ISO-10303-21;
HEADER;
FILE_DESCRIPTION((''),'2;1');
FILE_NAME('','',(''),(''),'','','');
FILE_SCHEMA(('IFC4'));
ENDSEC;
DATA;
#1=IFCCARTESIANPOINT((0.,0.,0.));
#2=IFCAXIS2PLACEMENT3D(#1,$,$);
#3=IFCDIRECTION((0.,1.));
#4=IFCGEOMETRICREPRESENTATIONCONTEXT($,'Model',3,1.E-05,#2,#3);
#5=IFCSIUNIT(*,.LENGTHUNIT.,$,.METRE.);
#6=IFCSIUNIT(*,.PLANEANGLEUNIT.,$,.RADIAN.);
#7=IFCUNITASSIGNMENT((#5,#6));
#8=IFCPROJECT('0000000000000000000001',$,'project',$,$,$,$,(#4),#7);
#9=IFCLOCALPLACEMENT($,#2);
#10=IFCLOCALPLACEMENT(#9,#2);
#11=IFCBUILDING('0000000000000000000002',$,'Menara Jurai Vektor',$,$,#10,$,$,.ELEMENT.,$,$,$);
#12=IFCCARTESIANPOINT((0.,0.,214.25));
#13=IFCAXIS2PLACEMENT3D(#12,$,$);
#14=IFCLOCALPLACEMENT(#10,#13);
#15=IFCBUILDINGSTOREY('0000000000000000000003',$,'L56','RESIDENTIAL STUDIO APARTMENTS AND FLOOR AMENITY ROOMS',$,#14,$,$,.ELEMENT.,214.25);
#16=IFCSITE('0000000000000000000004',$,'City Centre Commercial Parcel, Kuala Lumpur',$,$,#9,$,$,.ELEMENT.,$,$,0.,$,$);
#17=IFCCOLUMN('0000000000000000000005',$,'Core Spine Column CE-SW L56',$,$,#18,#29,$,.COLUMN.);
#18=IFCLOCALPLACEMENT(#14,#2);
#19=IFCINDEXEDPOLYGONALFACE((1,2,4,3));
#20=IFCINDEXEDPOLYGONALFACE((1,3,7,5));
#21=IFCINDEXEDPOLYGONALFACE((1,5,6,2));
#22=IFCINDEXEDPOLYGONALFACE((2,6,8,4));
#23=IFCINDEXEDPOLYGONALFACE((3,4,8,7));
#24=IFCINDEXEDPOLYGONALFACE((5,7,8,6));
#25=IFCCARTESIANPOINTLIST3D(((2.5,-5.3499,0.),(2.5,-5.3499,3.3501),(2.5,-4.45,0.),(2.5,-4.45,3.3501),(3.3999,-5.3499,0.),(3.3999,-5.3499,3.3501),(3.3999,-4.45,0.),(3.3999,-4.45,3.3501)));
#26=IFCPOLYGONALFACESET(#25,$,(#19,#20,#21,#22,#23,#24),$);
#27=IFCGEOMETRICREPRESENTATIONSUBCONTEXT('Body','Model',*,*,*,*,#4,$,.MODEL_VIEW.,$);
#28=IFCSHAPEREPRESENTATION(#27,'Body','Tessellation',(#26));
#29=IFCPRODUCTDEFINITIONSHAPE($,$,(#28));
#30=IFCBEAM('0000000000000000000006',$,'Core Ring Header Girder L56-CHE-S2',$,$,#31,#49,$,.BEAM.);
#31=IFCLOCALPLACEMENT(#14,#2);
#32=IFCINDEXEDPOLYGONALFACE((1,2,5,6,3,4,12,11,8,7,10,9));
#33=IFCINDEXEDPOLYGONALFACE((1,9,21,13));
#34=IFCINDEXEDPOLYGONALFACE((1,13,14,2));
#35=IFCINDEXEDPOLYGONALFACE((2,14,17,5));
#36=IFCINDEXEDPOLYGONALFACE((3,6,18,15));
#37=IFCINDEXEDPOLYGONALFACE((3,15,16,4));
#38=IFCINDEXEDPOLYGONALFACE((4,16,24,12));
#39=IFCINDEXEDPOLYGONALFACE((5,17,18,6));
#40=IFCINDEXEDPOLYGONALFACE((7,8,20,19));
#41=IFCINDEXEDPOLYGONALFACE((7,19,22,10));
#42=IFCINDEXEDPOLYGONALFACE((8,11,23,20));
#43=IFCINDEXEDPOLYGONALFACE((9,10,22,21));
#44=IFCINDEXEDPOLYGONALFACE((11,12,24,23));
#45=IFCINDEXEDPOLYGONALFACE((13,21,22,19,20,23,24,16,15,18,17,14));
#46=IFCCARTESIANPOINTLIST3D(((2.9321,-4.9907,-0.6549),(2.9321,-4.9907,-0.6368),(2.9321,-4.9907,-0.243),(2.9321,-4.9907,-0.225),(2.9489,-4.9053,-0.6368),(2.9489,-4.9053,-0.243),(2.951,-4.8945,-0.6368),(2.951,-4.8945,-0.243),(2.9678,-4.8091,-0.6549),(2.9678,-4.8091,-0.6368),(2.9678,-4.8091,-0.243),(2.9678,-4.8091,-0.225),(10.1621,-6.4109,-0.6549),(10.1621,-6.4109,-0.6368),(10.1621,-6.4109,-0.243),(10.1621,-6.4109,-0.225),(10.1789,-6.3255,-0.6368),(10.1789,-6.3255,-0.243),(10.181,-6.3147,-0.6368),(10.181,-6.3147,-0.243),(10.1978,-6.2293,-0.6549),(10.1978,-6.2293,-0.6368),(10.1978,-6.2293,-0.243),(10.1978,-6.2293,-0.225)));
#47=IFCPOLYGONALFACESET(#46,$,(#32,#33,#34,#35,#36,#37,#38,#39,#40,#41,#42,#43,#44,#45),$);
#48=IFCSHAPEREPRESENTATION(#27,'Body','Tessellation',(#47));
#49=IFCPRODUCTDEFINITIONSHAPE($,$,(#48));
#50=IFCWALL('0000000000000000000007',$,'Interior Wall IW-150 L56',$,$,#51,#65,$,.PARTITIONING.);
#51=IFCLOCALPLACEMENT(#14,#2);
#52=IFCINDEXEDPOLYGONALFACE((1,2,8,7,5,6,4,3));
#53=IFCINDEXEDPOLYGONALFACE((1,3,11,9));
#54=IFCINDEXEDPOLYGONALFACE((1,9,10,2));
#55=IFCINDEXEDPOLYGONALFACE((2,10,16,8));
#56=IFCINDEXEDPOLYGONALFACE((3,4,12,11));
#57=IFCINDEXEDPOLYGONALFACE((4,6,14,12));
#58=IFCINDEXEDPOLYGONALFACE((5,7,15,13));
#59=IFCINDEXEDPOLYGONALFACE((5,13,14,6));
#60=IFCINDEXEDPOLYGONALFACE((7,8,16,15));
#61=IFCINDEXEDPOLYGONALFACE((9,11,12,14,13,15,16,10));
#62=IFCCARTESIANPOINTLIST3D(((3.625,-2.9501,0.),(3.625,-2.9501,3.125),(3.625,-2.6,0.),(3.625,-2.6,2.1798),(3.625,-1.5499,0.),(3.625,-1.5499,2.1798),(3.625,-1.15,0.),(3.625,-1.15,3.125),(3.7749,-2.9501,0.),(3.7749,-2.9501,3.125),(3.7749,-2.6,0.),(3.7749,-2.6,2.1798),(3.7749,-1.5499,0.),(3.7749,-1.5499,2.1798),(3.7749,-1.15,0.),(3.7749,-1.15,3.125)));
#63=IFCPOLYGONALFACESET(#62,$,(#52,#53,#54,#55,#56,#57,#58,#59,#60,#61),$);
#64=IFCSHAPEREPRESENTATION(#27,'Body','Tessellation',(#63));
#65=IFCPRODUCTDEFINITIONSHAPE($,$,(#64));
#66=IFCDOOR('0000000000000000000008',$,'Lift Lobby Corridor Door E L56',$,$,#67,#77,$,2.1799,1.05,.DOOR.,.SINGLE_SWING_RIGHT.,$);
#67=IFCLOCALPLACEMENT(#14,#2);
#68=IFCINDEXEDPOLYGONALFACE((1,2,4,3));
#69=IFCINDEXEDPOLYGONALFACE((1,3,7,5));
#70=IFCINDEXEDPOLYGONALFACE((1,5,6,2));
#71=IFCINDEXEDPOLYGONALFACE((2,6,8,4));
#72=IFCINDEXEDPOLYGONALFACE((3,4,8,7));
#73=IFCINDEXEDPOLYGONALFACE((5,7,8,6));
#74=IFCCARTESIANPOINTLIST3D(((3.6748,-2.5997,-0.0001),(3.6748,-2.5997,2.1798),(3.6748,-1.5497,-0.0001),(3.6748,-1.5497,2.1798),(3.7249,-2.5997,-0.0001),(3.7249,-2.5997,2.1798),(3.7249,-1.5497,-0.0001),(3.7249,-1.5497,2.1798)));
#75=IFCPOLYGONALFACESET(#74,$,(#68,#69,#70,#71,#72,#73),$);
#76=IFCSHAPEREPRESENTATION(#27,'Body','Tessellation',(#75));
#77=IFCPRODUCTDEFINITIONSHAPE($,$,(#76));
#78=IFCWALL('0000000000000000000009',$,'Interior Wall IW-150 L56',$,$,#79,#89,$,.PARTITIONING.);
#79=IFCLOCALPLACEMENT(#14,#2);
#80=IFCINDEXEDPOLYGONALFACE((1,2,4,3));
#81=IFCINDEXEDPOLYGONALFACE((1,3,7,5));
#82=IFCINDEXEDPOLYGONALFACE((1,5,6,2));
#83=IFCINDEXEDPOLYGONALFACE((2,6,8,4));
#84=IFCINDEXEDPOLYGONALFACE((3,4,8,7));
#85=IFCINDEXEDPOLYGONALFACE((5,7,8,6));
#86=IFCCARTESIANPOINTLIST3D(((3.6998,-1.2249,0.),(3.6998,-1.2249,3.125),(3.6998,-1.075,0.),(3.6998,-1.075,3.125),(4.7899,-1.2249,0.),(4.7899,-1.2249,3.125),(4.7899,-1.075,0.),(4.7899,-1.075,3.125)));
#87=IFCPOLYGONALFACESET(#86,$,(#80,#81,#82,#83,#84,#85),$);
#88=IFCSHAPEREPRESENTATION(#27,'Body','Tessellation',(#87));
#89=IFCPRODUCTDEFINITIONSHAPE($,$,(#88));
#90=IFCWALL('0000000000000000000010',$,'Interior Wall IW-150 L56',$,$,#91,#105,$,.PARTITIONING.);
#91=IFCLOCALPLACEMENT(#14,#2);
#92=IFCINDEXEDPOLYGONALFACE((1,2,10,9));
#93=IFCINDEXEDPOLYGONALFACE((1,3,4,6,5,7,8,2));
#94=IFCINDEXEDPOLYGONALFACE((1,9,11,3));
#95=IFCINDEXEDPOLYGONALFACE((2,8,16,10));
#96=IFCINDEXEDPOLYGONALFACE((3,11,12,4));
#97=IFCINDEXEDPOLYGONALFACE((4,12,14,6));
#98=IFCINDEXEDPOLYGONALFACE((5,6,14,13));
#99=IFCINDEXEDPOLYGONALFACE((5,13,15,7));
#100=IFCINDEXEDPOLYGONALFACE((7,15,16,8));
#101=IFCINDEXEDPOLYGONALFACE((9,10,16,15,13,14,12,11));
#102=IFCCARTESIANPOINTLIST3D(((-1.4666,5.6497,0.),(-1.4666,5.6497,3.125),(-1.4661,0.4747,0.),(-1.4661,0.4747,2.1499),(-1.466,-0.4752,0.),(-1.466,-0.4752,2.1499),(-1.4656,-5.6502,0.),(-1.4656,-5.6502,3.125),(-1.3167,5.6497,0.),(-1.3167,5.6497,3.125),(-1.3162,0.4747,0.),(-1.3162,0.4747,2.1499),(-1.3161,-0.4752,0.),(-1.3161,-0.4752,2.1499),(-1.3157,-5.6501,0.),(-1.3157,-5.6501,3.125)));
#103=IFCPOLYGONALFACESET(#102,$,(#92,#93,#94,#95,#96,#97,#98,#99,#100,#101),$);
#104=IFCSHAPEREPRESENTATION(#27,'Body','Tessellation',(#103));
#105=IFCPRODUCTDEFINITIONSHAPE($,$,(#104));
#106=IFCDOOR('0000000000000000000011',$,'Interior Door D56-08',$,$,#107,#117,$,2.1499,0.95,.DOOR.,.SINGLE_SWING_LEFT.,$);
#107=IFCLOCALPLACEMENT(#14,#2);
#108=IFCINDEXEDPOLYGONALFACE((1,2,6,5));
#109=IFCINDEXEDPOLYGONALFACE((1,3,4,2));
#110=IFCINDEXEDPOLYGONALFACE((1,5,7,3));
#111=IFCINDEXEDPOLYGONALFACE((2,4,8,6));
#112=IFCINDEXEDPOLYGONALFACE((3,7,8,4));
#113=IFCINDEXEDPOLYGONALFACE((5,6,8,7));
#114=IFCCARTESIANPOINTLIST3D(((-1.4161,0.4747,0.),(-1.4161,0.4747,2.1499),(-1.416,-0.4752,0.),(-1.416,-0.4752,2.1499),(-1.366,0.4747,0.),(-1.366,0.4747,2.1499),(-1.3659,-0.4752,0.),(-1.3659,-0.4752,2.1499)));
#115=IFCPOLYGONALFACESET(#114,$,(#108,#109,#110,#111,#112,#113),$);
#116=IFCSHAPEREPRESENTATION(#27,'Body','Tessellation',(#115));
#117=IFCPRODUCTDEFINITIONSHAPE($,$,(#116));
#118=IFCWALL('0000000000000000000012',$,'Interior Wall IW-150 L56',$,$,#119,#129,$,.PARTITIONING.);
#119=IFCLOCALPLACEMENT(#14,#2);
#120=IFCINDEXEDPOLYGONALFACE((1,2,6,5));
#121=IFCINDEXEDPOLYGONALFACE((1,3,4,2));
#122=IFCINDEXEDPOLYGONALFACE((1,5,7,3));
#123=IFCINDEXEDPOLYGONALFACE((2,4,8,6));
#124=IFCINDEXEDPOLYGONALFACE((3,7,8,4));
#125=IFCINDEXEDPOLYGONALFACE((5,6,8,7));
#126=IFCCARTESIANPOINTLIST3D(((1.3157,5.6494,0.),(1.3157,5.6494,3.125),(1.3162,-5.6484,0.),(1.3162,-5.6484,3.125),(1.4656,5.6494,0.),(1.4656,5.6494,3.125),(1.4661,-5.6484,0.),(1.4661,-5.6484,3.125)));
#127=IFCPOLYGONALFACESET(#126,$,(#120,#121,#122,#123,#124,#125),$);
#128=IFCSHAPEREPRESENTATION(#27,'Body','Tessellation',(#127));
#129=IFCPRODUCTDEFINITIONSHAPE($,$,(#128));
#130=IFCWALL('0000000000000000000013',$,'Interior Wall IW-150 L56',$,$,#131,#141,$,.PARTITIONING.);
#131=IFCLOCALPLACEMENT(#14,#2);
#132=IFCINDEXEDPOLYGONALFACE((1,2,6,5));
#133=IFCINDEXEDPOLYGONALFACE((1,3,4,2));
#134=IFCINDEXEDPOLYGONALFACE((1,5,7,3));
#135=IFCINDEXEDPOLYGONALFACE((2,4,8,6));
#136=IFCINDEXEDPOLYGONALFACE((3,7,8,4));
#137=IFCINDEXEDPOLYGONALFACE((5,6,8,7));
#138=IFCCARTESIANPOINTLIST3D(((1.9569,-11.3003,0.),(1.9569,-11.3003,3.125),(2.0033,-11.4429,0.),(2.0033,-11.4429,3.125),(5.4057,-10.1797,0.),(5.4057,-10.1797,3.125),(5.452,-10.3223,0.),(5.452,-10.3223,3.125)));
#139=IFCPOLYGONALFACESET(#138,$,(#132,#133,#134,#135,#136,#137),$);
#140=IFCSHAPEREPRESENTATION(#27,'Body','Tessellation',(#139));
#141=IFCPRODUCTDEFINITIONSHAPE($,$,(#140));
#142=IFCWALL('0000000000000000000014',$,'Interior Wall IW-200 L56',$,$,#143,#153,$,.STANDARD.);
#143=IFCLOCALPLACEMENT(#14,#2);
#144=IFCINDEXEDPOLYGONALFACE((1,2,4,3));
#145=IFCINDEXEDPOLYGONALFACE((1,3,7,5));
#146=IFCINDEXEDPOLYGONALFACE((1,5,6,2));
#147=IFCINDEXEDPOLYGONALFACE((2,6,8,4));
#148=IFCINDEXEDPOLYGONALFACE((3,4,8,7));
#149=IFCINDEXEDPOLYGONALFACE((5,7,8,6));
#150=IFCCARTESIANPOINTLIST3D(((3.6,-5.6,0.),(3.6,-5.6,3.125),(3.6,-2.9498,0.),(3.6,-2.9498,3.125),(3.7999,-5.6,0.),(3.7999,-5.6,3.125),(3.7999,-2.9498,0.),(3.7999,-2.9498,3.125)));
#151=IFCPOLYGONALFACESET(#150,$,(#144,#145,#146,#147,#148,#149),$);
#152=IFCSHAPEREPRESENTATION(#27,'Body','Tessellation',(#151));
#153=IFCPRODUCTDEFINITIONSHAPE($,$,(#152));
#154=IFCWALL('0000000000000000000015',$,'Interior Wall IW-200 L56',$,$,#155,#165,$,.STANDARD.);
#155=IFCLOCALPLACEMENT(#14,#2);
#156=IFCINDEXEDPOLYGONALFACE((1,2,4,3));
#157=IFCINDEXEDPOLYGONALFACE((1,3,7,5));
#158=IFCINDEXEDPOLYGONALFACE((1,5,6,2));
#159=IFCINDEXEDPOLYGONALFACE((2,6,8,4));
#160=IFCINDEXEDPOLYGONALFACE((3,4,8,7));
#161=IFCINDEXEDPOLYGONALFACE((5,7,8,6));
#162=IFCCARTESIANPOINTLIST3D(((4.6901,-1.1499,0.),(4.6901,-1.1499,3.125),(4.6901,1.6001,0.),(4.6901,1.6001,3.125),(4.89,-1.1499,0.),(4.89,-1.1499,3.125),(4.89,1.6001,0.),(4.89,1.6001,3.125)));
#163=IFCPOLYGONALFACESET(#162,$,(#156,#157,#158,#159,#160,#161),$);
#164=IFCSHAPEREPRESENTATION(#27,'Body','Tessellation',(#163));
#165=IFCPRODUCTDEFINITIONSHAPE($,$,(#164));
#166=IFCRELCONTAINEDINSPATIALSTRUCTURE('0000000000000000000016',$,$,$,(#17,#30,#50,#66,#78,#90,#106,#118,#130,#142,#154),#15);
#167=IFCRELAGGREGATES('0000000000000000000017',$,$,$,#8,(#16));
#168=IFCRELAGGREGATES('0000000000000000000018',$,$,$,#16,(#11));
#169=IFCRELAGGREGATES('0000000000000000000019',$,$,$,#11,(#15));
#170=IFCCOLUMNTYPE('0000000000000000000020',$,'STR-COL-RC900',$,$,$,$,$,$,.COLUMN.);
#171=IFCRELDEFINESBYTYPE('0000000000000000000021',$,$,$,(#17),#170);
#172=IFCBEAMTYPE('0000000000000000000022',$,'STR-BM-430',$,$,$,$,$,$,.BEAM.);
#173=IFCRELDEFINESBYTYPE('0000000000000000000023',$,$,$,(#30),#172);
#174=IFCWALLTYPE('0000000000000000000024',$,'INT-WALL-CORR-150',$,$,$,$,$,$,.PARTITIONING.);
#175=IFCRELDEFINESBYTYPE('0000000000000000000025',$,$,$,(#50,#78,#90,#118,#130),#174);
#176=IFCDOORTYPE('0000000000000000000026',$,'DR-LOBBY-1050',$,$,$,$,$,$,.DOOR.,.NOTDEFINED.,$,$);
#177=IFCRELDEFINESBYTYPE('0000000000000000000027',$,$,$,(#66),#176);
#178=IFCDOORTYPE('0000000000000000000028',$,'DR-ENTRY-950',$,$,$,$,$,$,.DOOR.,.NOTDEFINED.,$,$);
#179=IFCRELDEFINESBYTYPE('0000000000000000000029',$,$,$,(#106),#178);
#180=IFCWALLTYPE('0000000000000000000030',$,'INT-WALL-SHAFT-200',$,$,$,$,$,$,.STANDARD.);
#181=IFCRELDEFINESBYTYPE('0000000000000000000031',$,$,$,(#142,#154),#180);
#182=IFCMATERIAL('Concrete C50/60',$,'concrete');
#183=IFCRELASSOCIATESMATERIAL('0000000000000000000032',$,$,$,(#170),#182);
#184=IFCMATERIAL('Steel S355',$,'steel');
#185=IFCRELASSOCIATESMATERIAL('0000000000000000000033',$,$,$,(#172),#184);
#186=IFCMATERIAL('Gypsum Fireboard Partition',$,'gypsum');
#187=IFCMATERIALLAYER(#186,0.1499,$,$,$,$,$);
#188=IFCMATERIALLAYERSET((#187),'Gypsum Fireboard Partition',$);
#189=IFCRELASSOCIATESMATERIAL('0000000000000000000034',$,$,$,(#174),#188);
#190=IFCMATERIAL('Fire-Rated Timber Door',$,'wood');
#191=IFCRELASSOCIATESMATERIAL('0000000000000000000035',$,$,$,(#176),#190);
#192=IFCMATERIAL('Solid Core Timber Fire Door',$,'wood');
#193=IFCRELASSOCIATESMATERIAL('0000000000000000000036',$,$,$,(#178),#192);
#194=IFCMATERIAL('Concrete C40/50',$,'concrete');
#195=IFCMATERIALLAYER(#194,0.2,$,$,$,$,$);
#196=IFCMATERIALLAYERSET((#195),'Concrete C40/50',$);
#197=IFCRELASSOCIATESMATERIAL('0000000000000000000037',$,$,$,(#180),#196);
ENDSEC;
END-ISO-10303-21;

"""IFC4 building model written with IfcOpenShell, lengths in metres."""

from ifc_helpers import new_model, si_unit, direction, frame, frame_2d, origin, origin_2d, place, context, subcontext, project, spatial, rectangle, i_section, extrude, material, layer, layer_set, material_profile, profile_set, type_object, element, fill, save


model = new_model("IFC4")

# Units and contexts
model_context = context("Model", 3, precision=1e-05, world=origin(), true_north=direction((0.0, 1.0)))
body_context = subcontext(model_context, "Body", "Model", "MODEL_VIEW")
ifc_project = project(units=[si_unit("LENGTHUNIT", "METRE"), si_unit("PLANEANGLEUNIT", "RADIAN")], contexts=[model_context])

# Site, building, storey
site_placement = place(None, origin())
site = spatial("IfcSite", under=ifc_project, at=site_placement, Name="City Centre Commercial Parcel, Kuala Lumpur", CompositionType="ELEMENT", RefElevation=0.0)
building_placement = place(site_placement, origin())
building = spatial("IfcBuilding", under=site, at=building_placement, Name="Menara Jurai Vektor", CompositionType="ELEMENT")
storey_placement = place(building_placement, frame((0.0, 0.0, 214.25)))
storey = spatial("IfcBuildingStorey", under=building, at=storey_placement, Name="L56", Description="RESIDENTIAL STUDIO APARTMENTS AND FLOOR AMENITY ROOMS", CompositionType="ELEMENT", Elevation=214.25)

# Column
ifc_material_1 = material(Name="Concrete C50/60", Category="concrete")
ifc_material_profile_1 = material_profile(ifc_material_1, rectangle(XDim=0.8999, YDim=0.8999, at=origin_2d()), Name="RC 900x900")
ifc_profile_set_1 = profile_set([ifc_material_profile_1], Name="Concrete C50/60")
column_type = type_object("IfcColumnType", Name="STR-COL-RC900", PredefinedType="COLUMN", material=ifc_profile_set_1)
column_placement = place(storey_placement, frame((2.95, -4.8999, 0.0), z_axis=(0.0, 0.0, 1.0), x_axis=(1.0, 0.0, 0.0)))
element("IfcColumn", 1, at=column_placement, inside=storey, type_object=column_type, Name="Core Spine Column CE-SW L56", PredefinedType="COLUMN", context=body_context, shape_type="SweptSolid", body=[
    extrude(rectangle(XDim=0.8999, YDim=0.8999, at=origin_2d()), origin(), (0.0, 0.0, 1.0), 3.3501),
])

# Beam
ifc_material_2 = material(Name="Steel S355", Category="steel")
ifc_material_profile_2 = material_profile(ifc_material_2, i_section(OverallWidth=0.1851, OverallDepth=0.4299, WebThickness=0.011, FlangeThickness=0.0181, at=origin_2d()), Name="PG 430x185x76")
ifc_profile_set_2 = profile_set([ifc_material_profile_2], Name="Steel S355")
beam_type = type_object("IfcBeamType", Name="STR-BM-430", PredefinedType="BEAM", material=ifc_profile_set_2)
beam_placement = place(storey_placement, frame((2.95, -4.8999, -0.4399), z_axis=(0.981249, -0.192744, 0.0), x_axis=(0.192744, 0.981249, 0.0)))
element("IfcBeam", 2, at=beam_placement, inside=storey, type_object=beam_type, Name="Core Ring Header Girder L56-CHE-S2", PredefinedType="BEAM", context=body_context, shape_type="SweptSolid", body=[
    extrude(i_section(OverallWidth=0.1851, OverallDepth=0.4299, WebThickness=0.011, FlangeThickness=0.0181, at=origin_2d()), origin(), (0.0, 0.0, 1.0), 7.3682),
])

# Wall, opening, door
ifc_material_3 = material(Name="Gypsum Fireboard Partition", Category="gypsum")
ifc_layer_1 = layer(ifc_material_3, 0.1499)
ifc_layer_set_1 = layer_set([ifc_layer_1], Name="Gypsum Fireboard Partition")
wall_type_1 = type_object("IfcWallType", Name="INT-WALL-CORR-150", PredefinedType="PARTITIONING", material=ifc_layer_set_1)
wall_1_placement = place(storey_placement, frame((3.7, -2.95, 0.0), z_axis=(0.0, 0.0, 1.0), x_axis=(0.0, 1.0, 0.0)))
wall_1 = element("IfcWall", 3, at=wall_1_placement, inside=storey, type_object=wall_type_1, Name="Interior Wall IW-150 L56", PredefinedType="PARTITIONING", context=body_context, shape_type="SweptSolid", body=[
    extrude(rectangle(XDim=1.8, YDim=0.1499, at=frame_2d((0.8999, 0.0))), origin(), (0.0, 0.0, 1.0), 3.125),
])
opening_1_placement = place(wall_1_placement, frame((0.3501, 0.0, 0.0)))
opening_1 = element("IfcOpeningElement", 4, at=opening_1_placement, cuts=wall_1, PredefinedType="OPENING", context=body_context, shape_type="SweptSolid", body=[
    extrude(rectangle(XDim=1.05, YDim=2.1799, at=frame_2d((0.5249, 1.0898))), frame((0.0, 0.085, 0.0), z_axis=(0.0, -1.0, 0.0), x_axis=(1.0, 0.0, 0.0)), (0.0, 0.0, 1.0), 0.1699),
])
ifc_material_4 = material(Name="Fire-Rated Timber Door", Category="wood")
door_type_1 = type_object("IfcDoorType", Name="DR-LOBBY-1050", OperationType="NOTDEFINED", PredefinedType="DOOR", material=ifc_material_4)
door_1_placement = place(opening_1_placement, frame((1.05, 0.0, 0.0), z_axis=(0.0, 0.0, 1.0), x_axis=(-1.0, 0.0, 0.0)))
door_1 = element("IfcDoor", 5, at=door_1_placement, inside=storey, type_object=door_type_1, Name="Lift Lobby Corridor Door E L56", OperationType="SINGLE_SWING_RIGHT", OverallHeight=2.1799, OverallWidth=1.05, PredefinedType="DOOR", context=body_context, shape_type="SweptSolid", body=[
    extrude(rectangle(XDim=1.05, YDim=2.1799, at=frame_2d((0.5249, 1.0898))), frame((0.0, 0.0249, 0.0), z_axis=(0.0, -1.0, 0.0), x_axis=(1.0, 0.0, 0.0)), (0.0, 0.0, 1.0), 0.05),
])
fill(opening_1, door_1)

# Wall
wall_2_placement = place(storey_placement, frame((3.7, -1.1499, 0.0), z_axis=(0.0, 0.0, 1.0), x_axis=(1.0, 0.0, 0.0)))
element("IfcWall", 6, at=wall_2_placement, inside=storey, type_object=wall_type_1, Name="Interior Wall IW-150 L56", PredefinedType="PARTITIONING", context=body_context, shape_type="SweptSolid", body=[
    extrude(rectangle(XDim=1.0901, YDim=0.1499, at=frame_2d((0.5449, 0.0))), origin(), (0.0, 0.0, 1.0), 3.125),
])

# Wall, opening, door
wall_3_placement = place(storey_placement, frame((-1.3906, -5.6501, 0.0), z_axis=(0.0, 0.0, 1.0), x_axis=(-0.000086, 1.0, 0.0)))
wall_3 = element("IfcWall", 7, at=wall_3_placement, inside=storey, type_object=wall_type_1, Name="Interior Wall IW-150 L56", PredefinedType="PARTITIONING", context=body_context, shape_type="SweptSolid", body=[
    extrude(rectangle(XDim=11.2998, YDim=0.1499, at=frame_2d((5.6499, 0.0))), origin(), (0.0, 0.0, 1.0), 3.125),
])
opening_2_placement = place(wall_3_placement, frame((5.1748, 0.0, 0.0)))
opening_2 = element("IfcOpeningElement", 8, at=opening_2_placement, cuts=wall_3, PredefinedType="OPENING", context=body_context, shape_type="SweptSolid", body=[
    extrude(rectangle(XDim=0.95, YDim=2.1499, at=frame_2d((0.4751, 1.075))), frame((0.0, 0.085, 0.0), z_axis=(0.0, -1.0, 0.0), x_axis=(1.0, 0.0, 0.0)), (0.0, 0.0, 1.0), 0.1699),
])
ifc_material_5 = material(Name="Solid Core Timber Fire Door", Category="wood")
door_type_2 = type_object("IfcDoorType", Name="DR-ENTRY-950", OperationType="NOTDEFINED", PredefinedType="DOOR", material=ifc_material_5)
door_2_placement = place(opening_2_placement, origin())
door_2 = element("IfcDoor", 9, at=door_2_placement, inside=storey, type_object=door_type_2, Name="Interior Door D56-08", OperationType="SINGLE_SWING_LEFT", OverallHeight=2.1499, OverallWidth=0.95, PredefinedType="DOOR", context=body_context, shape_type="SweptSolid", body=[
    extrude(rectangle(XDim=0.95, YDim=2.1499, at=frame_2d((0.4751, 1.075))), frame((0.0, 0.0249, 0.0), z_axis=(0.0, -1.0, 0.0), x_axis=(1.0, 0.0, 0.0)), (0.0, 0.0, 1.0), 0.05),
])
fill(opening_2, door_2)

# Walls
wall_4_placement = place(storey_placement, frame((1.3911, -5.6484, 0.0), z_axis=(0.0, 0.0, 1.0), x_axis=(-0.000043, 1.0, 0.0)))
element("IfcWall", 10, at=wall_4_placement, inside=storey, type_object=wall_type_1, Name="Interior Wall IW-150 L56", PredefinedType="PARTITIONING", context=body_context, shape_type="SweptSolid", body=[
    extrude(rectangle(XDim=11.2979, YDim=0.1499, at=frame_2d((5.6489, 0.0))), origin(), (0.0, 0.0, 1.0), 3.125),
])
wall_5_placement = place(storey_placement, frame((1.9802, -11.3716, 0.0), z_axis=(0.0, 0.0, 1.0), x_axis=(0.951053, 0.309028, 0.0)))
element("IfcWall", 11, at=wall_5_placement, inside=storey, type_object=wall_type_1, Name="Interior Wall IW-150 L56", PredefinedType="PARTITIONING", context=body_context, shape_type="SweptSolid", body=[
    extrude(rectangle(XDim=3.6262, YDim=0.1499, at=frame_2d((1.813, 0.0))), origin(), (0.0, 0.0, 1.0), 3.125),
])

# Shared definitions
ifc_material_6 = material(Name="Concrete C40/50", Category="concrete")
ifc_layer_2 = layer(ifc_material_6, 0.2)
ifc_layer_set_2 = layer_set([ifc_layer_2], Name="Concrete C40/50")
wall_type_2 = type_object("IfcWallType", Name="INT-WALL-SHAFT-200", PredefinedType="STANDARD", material=ifc_layer_set_2)

# Walls
wall_6_placement = place(storey_placement, frame((3.7, -5.6001, 0.0), z_axis=(0.0, 0.0, 1.0), x_axis=(0.0, 1.0, 0.0)))
element("IfcWall", 12, at=wall_6_placement, inside=storey, type_object=wall_type_2, Name="Interior Wall IW-200 L56", PredefinedType="STANDARD", context=body_context, shape_type="SweptSolid", body=[
    extrude(rectangle(XDim=2.6501, YDim=0.2, at=frame_2d((1.3252, 0.0))), origin(), (0.0, 0.0, 1.0), 3.125),
])
wall_7_placement = place(storey_placement, frame((4.79, -1.1499, 0.0), z_axis=(0.0, 0.0, 1.0), x_axis=(0.0, 1.0, 0.0)))
element("IfcWall", 13, at=wall_7_placement, inside=storey, type_object=wall_type_2, Name="Interior Wall IW-200 L56", PredefinedType="STANDARD", context=body_context, shape_type="SweptSolid", body=[
    extrude(rectangle(XDim=2.75, YDim=0.2, at=frame_2d((1.375, 0.0))), origin(), (0.0, 0.0, 1.0), 3.125),
])

save(model, "model.ifc")
